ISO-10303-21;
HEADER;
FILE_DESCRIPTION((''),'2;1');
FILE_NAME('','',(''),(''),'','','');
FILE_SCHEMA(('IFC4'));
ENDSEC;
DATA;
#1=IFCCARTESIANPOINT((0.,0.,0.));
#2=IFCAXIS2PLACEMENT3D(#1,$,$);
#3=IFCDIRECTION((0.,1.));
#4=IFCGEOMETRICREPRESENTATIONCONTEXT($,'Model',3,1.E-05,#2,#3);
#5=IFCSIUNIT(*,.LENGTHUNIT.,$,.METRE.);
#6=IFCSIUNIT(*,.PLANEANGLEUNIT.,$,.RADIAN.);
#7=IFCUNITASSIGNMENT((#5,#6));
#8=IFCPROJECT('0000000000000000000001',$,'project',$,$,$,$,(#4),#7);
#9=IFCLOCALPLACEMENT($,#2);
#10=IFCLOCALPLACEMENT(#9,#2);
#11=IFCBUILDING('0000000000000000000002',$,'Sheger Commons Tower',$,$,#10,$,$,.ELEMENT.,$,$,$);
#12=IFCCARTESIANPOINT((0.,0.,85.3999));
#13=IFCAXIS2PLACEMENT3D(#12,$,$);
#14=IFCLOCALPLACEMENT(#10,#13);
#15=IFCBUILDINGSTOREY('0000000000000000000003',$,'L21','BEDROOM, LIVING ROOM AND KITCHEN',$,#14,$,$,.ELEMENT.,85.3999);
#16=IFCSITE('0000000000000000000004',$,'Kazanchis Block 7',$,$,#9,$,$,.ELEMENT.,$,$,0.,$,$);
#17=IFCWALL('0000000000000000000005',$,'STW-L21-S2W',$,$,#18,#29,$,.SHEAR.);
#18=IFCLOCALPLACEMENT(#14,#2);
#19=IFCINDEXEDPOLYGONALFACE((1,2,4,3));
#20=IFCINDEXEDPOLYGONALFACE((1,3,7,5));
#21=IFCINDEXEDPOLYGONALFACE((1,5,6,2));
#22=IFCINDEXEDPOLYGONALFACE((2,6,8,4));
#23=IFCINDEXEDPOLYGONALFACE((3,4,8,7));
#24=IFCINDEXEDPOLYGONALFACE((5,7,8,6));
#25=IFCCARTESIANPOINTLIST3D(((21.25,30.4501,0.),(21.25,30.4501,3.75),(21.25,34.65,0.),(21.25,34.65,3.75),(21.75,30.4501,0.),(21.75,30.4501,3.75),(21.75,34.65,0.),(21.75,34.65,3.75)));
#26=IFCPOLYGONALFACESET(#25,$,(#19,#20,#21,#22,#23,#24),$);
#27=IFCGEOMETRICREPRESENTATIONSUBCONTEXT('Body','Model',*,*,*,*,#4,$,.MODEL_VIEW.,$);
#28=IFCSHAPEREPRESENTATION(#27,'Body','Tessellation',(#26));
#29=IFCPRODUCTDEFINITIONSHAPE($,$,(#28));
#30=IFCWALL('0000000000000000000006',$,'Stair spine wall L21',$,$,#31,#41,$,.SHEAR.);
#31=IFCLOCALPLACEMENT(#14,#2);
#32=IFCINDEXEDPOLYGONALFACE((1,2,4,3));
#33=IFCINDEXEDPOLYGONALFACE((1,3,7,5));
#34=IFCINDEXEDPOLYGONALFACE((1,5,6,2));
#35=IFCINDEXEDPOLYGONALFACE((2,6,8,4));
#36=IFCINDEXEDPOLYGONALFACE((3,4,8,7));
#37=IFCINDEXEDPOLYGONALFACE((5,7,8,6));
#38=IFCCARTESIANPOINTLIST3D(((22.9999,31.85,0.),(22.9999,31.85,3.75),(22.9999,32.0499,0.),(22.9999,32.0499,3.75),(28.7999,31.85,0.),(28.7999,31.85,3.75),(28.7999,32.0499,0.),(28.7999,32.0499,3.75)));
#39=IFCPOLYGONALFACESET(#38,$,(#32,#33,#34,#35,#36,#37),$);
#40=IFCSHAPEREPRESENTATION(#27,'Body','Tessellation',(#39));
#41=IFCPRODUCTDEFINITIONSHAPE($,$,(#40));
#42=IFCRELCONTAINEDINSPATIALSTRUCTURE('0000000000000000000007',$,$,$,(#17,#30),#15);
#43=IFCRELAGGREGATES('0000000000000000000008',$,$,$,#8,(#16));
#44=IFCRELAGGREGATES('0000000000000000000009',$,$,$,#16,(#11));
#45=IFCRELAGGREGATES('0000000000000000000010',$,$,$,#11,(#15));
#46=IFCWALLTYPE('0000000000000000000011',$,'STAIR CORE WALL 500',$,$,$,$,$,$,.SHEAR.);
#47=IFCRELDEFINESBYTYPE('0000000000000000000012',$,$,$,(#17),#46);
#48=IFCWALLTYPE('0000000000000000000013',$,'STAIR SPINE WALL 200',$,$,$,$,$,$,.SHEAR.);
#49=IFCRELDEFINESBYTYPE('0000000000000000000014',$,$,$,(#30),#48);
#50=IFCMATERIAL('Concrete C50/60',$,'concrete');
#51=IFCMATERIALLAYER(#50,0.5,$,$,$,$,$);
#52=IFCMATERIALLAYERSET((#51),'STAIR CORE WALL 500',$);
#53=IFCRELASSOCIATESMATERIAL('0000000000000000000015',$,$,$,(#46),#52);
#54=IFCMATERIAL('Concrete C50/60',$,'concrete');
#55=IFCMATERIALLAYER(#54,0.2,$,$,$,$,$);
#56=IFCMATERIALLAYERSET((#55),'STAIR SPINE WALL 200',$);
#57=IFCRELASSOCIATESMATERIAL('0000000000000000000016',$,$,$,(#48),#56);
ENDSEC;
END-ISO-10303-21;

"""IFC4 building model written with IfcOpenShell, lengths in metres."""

from ifc_helpers import new_model, si_unit, direction, frame, frame_2d, origin, place, context, subcontext, project, spatial, rectangle, extrude, material, layer, layer_set, type_object, element, save


model = new_model("IFC4")

# Units and contexts
model_context = context("Model", 3, precision=1e-05, world=origin(), true_north=direction((0.0, 1.0)))
body_context = subcontext(model_context, "Body", "Model", "MODEL_VIEW")
ifc_project = project(units=[si_unit("LENGTHUNIT", "METRE"), si_unit("PLANEANGLEUNIT", "RADIAN")], contexts=[model_context])

# Site, building, storey
site_placement = place(None, origin())
site = spatial("IfcSite", under=ifc_project, at=site_placement, Name="Kazanchis Block 7", CompositionType="ELEMENT", RefElevation=0.0)
building_placement = place(site_placement, origin())
building = spatial("IfcBuilding", under=site, at=building_placement, Name="Sheger Commons Tower", CompositionType="ELEMENT")
storey_placement = place(building_placement, frame((0.0, 0.0, 85.3999)))
storey = spatial("IfcBuildingStorey", under=building, at=storey_placement, Name="L21", Description="BEDROOM, LIVING ROOM AND KITCHEN", CompositionType="ELEMENT", Elevation=85.3999)

# Walls
ifc_material_1 = material(Name="Concrete C50/60", Category="concrete")
ifc_layer_1 = layer(ifc_material_1, 0.5)
ifc_layer_set_1 = layer_set([ifc_layer_1], Name="STAIR CORE WALL 500")
wall_type_1 = type_object("IfcWallType", Name="STAIR CORE WALL 500", PredefinedType="SHEAR", material=ifc_layer_set_1)
wall_1_placement = place(storey_placement, frame((21.5, 30.45, 0.0), z_axis=(0.0, 0.0, 1.0), x_axis=(0.0, 1.0, 0.0)))
element("IfcWall", 1, at=wall_1_placement, inside=storey, type_object=wall_type_1, Name="STW-L21-S2W", PredefinedType="SHEAR", context=body_context, shape_type="SweptSolid", body=[
    extrude(rectangle(XDim=4.2, YDim=0.5, at=frame_2d((2.1001, 0.0))), origin(), (0.0, 0.0, 1.0), 3.75),
])
ifc_material_2 = material(Name="Concrete C50/60", Category="concrete")
ifc_layer_2 = layer(ifc_material_2, 0.2)
ifc_layer_set_2 = layer_set([ifc_layer_2], Name="STAIR SPINE WALL 200")
wall_type_2 = type_object("IfcWallType", Name="STAIR SPINE WALL 200", PredefinedType="SHEAR", material=ifc_layer_set_2)
wall_2_placement = place(storey_placement, frame((23.0, 31.95, 0.0), z_axis=(0.0, 0.0, 1.0), x_axis=(1.0, 0.0, 0.0)))
element("IfcWall", 2, at=wall_2_placement, inside=storey, type_object=wall_type_2, Name="Stair spine wall L21", PredefinedType="SHEAR", context=body_context, shape_type="SweptSolid", body=[
    extrude(rectangle(XDim=5.8, YDim=0.2, at=frame_2d((2.8999, 0.0))), origin(), (0.0, 0.0, 1.0), 3.75),
])

save(model, "model.ifc")
